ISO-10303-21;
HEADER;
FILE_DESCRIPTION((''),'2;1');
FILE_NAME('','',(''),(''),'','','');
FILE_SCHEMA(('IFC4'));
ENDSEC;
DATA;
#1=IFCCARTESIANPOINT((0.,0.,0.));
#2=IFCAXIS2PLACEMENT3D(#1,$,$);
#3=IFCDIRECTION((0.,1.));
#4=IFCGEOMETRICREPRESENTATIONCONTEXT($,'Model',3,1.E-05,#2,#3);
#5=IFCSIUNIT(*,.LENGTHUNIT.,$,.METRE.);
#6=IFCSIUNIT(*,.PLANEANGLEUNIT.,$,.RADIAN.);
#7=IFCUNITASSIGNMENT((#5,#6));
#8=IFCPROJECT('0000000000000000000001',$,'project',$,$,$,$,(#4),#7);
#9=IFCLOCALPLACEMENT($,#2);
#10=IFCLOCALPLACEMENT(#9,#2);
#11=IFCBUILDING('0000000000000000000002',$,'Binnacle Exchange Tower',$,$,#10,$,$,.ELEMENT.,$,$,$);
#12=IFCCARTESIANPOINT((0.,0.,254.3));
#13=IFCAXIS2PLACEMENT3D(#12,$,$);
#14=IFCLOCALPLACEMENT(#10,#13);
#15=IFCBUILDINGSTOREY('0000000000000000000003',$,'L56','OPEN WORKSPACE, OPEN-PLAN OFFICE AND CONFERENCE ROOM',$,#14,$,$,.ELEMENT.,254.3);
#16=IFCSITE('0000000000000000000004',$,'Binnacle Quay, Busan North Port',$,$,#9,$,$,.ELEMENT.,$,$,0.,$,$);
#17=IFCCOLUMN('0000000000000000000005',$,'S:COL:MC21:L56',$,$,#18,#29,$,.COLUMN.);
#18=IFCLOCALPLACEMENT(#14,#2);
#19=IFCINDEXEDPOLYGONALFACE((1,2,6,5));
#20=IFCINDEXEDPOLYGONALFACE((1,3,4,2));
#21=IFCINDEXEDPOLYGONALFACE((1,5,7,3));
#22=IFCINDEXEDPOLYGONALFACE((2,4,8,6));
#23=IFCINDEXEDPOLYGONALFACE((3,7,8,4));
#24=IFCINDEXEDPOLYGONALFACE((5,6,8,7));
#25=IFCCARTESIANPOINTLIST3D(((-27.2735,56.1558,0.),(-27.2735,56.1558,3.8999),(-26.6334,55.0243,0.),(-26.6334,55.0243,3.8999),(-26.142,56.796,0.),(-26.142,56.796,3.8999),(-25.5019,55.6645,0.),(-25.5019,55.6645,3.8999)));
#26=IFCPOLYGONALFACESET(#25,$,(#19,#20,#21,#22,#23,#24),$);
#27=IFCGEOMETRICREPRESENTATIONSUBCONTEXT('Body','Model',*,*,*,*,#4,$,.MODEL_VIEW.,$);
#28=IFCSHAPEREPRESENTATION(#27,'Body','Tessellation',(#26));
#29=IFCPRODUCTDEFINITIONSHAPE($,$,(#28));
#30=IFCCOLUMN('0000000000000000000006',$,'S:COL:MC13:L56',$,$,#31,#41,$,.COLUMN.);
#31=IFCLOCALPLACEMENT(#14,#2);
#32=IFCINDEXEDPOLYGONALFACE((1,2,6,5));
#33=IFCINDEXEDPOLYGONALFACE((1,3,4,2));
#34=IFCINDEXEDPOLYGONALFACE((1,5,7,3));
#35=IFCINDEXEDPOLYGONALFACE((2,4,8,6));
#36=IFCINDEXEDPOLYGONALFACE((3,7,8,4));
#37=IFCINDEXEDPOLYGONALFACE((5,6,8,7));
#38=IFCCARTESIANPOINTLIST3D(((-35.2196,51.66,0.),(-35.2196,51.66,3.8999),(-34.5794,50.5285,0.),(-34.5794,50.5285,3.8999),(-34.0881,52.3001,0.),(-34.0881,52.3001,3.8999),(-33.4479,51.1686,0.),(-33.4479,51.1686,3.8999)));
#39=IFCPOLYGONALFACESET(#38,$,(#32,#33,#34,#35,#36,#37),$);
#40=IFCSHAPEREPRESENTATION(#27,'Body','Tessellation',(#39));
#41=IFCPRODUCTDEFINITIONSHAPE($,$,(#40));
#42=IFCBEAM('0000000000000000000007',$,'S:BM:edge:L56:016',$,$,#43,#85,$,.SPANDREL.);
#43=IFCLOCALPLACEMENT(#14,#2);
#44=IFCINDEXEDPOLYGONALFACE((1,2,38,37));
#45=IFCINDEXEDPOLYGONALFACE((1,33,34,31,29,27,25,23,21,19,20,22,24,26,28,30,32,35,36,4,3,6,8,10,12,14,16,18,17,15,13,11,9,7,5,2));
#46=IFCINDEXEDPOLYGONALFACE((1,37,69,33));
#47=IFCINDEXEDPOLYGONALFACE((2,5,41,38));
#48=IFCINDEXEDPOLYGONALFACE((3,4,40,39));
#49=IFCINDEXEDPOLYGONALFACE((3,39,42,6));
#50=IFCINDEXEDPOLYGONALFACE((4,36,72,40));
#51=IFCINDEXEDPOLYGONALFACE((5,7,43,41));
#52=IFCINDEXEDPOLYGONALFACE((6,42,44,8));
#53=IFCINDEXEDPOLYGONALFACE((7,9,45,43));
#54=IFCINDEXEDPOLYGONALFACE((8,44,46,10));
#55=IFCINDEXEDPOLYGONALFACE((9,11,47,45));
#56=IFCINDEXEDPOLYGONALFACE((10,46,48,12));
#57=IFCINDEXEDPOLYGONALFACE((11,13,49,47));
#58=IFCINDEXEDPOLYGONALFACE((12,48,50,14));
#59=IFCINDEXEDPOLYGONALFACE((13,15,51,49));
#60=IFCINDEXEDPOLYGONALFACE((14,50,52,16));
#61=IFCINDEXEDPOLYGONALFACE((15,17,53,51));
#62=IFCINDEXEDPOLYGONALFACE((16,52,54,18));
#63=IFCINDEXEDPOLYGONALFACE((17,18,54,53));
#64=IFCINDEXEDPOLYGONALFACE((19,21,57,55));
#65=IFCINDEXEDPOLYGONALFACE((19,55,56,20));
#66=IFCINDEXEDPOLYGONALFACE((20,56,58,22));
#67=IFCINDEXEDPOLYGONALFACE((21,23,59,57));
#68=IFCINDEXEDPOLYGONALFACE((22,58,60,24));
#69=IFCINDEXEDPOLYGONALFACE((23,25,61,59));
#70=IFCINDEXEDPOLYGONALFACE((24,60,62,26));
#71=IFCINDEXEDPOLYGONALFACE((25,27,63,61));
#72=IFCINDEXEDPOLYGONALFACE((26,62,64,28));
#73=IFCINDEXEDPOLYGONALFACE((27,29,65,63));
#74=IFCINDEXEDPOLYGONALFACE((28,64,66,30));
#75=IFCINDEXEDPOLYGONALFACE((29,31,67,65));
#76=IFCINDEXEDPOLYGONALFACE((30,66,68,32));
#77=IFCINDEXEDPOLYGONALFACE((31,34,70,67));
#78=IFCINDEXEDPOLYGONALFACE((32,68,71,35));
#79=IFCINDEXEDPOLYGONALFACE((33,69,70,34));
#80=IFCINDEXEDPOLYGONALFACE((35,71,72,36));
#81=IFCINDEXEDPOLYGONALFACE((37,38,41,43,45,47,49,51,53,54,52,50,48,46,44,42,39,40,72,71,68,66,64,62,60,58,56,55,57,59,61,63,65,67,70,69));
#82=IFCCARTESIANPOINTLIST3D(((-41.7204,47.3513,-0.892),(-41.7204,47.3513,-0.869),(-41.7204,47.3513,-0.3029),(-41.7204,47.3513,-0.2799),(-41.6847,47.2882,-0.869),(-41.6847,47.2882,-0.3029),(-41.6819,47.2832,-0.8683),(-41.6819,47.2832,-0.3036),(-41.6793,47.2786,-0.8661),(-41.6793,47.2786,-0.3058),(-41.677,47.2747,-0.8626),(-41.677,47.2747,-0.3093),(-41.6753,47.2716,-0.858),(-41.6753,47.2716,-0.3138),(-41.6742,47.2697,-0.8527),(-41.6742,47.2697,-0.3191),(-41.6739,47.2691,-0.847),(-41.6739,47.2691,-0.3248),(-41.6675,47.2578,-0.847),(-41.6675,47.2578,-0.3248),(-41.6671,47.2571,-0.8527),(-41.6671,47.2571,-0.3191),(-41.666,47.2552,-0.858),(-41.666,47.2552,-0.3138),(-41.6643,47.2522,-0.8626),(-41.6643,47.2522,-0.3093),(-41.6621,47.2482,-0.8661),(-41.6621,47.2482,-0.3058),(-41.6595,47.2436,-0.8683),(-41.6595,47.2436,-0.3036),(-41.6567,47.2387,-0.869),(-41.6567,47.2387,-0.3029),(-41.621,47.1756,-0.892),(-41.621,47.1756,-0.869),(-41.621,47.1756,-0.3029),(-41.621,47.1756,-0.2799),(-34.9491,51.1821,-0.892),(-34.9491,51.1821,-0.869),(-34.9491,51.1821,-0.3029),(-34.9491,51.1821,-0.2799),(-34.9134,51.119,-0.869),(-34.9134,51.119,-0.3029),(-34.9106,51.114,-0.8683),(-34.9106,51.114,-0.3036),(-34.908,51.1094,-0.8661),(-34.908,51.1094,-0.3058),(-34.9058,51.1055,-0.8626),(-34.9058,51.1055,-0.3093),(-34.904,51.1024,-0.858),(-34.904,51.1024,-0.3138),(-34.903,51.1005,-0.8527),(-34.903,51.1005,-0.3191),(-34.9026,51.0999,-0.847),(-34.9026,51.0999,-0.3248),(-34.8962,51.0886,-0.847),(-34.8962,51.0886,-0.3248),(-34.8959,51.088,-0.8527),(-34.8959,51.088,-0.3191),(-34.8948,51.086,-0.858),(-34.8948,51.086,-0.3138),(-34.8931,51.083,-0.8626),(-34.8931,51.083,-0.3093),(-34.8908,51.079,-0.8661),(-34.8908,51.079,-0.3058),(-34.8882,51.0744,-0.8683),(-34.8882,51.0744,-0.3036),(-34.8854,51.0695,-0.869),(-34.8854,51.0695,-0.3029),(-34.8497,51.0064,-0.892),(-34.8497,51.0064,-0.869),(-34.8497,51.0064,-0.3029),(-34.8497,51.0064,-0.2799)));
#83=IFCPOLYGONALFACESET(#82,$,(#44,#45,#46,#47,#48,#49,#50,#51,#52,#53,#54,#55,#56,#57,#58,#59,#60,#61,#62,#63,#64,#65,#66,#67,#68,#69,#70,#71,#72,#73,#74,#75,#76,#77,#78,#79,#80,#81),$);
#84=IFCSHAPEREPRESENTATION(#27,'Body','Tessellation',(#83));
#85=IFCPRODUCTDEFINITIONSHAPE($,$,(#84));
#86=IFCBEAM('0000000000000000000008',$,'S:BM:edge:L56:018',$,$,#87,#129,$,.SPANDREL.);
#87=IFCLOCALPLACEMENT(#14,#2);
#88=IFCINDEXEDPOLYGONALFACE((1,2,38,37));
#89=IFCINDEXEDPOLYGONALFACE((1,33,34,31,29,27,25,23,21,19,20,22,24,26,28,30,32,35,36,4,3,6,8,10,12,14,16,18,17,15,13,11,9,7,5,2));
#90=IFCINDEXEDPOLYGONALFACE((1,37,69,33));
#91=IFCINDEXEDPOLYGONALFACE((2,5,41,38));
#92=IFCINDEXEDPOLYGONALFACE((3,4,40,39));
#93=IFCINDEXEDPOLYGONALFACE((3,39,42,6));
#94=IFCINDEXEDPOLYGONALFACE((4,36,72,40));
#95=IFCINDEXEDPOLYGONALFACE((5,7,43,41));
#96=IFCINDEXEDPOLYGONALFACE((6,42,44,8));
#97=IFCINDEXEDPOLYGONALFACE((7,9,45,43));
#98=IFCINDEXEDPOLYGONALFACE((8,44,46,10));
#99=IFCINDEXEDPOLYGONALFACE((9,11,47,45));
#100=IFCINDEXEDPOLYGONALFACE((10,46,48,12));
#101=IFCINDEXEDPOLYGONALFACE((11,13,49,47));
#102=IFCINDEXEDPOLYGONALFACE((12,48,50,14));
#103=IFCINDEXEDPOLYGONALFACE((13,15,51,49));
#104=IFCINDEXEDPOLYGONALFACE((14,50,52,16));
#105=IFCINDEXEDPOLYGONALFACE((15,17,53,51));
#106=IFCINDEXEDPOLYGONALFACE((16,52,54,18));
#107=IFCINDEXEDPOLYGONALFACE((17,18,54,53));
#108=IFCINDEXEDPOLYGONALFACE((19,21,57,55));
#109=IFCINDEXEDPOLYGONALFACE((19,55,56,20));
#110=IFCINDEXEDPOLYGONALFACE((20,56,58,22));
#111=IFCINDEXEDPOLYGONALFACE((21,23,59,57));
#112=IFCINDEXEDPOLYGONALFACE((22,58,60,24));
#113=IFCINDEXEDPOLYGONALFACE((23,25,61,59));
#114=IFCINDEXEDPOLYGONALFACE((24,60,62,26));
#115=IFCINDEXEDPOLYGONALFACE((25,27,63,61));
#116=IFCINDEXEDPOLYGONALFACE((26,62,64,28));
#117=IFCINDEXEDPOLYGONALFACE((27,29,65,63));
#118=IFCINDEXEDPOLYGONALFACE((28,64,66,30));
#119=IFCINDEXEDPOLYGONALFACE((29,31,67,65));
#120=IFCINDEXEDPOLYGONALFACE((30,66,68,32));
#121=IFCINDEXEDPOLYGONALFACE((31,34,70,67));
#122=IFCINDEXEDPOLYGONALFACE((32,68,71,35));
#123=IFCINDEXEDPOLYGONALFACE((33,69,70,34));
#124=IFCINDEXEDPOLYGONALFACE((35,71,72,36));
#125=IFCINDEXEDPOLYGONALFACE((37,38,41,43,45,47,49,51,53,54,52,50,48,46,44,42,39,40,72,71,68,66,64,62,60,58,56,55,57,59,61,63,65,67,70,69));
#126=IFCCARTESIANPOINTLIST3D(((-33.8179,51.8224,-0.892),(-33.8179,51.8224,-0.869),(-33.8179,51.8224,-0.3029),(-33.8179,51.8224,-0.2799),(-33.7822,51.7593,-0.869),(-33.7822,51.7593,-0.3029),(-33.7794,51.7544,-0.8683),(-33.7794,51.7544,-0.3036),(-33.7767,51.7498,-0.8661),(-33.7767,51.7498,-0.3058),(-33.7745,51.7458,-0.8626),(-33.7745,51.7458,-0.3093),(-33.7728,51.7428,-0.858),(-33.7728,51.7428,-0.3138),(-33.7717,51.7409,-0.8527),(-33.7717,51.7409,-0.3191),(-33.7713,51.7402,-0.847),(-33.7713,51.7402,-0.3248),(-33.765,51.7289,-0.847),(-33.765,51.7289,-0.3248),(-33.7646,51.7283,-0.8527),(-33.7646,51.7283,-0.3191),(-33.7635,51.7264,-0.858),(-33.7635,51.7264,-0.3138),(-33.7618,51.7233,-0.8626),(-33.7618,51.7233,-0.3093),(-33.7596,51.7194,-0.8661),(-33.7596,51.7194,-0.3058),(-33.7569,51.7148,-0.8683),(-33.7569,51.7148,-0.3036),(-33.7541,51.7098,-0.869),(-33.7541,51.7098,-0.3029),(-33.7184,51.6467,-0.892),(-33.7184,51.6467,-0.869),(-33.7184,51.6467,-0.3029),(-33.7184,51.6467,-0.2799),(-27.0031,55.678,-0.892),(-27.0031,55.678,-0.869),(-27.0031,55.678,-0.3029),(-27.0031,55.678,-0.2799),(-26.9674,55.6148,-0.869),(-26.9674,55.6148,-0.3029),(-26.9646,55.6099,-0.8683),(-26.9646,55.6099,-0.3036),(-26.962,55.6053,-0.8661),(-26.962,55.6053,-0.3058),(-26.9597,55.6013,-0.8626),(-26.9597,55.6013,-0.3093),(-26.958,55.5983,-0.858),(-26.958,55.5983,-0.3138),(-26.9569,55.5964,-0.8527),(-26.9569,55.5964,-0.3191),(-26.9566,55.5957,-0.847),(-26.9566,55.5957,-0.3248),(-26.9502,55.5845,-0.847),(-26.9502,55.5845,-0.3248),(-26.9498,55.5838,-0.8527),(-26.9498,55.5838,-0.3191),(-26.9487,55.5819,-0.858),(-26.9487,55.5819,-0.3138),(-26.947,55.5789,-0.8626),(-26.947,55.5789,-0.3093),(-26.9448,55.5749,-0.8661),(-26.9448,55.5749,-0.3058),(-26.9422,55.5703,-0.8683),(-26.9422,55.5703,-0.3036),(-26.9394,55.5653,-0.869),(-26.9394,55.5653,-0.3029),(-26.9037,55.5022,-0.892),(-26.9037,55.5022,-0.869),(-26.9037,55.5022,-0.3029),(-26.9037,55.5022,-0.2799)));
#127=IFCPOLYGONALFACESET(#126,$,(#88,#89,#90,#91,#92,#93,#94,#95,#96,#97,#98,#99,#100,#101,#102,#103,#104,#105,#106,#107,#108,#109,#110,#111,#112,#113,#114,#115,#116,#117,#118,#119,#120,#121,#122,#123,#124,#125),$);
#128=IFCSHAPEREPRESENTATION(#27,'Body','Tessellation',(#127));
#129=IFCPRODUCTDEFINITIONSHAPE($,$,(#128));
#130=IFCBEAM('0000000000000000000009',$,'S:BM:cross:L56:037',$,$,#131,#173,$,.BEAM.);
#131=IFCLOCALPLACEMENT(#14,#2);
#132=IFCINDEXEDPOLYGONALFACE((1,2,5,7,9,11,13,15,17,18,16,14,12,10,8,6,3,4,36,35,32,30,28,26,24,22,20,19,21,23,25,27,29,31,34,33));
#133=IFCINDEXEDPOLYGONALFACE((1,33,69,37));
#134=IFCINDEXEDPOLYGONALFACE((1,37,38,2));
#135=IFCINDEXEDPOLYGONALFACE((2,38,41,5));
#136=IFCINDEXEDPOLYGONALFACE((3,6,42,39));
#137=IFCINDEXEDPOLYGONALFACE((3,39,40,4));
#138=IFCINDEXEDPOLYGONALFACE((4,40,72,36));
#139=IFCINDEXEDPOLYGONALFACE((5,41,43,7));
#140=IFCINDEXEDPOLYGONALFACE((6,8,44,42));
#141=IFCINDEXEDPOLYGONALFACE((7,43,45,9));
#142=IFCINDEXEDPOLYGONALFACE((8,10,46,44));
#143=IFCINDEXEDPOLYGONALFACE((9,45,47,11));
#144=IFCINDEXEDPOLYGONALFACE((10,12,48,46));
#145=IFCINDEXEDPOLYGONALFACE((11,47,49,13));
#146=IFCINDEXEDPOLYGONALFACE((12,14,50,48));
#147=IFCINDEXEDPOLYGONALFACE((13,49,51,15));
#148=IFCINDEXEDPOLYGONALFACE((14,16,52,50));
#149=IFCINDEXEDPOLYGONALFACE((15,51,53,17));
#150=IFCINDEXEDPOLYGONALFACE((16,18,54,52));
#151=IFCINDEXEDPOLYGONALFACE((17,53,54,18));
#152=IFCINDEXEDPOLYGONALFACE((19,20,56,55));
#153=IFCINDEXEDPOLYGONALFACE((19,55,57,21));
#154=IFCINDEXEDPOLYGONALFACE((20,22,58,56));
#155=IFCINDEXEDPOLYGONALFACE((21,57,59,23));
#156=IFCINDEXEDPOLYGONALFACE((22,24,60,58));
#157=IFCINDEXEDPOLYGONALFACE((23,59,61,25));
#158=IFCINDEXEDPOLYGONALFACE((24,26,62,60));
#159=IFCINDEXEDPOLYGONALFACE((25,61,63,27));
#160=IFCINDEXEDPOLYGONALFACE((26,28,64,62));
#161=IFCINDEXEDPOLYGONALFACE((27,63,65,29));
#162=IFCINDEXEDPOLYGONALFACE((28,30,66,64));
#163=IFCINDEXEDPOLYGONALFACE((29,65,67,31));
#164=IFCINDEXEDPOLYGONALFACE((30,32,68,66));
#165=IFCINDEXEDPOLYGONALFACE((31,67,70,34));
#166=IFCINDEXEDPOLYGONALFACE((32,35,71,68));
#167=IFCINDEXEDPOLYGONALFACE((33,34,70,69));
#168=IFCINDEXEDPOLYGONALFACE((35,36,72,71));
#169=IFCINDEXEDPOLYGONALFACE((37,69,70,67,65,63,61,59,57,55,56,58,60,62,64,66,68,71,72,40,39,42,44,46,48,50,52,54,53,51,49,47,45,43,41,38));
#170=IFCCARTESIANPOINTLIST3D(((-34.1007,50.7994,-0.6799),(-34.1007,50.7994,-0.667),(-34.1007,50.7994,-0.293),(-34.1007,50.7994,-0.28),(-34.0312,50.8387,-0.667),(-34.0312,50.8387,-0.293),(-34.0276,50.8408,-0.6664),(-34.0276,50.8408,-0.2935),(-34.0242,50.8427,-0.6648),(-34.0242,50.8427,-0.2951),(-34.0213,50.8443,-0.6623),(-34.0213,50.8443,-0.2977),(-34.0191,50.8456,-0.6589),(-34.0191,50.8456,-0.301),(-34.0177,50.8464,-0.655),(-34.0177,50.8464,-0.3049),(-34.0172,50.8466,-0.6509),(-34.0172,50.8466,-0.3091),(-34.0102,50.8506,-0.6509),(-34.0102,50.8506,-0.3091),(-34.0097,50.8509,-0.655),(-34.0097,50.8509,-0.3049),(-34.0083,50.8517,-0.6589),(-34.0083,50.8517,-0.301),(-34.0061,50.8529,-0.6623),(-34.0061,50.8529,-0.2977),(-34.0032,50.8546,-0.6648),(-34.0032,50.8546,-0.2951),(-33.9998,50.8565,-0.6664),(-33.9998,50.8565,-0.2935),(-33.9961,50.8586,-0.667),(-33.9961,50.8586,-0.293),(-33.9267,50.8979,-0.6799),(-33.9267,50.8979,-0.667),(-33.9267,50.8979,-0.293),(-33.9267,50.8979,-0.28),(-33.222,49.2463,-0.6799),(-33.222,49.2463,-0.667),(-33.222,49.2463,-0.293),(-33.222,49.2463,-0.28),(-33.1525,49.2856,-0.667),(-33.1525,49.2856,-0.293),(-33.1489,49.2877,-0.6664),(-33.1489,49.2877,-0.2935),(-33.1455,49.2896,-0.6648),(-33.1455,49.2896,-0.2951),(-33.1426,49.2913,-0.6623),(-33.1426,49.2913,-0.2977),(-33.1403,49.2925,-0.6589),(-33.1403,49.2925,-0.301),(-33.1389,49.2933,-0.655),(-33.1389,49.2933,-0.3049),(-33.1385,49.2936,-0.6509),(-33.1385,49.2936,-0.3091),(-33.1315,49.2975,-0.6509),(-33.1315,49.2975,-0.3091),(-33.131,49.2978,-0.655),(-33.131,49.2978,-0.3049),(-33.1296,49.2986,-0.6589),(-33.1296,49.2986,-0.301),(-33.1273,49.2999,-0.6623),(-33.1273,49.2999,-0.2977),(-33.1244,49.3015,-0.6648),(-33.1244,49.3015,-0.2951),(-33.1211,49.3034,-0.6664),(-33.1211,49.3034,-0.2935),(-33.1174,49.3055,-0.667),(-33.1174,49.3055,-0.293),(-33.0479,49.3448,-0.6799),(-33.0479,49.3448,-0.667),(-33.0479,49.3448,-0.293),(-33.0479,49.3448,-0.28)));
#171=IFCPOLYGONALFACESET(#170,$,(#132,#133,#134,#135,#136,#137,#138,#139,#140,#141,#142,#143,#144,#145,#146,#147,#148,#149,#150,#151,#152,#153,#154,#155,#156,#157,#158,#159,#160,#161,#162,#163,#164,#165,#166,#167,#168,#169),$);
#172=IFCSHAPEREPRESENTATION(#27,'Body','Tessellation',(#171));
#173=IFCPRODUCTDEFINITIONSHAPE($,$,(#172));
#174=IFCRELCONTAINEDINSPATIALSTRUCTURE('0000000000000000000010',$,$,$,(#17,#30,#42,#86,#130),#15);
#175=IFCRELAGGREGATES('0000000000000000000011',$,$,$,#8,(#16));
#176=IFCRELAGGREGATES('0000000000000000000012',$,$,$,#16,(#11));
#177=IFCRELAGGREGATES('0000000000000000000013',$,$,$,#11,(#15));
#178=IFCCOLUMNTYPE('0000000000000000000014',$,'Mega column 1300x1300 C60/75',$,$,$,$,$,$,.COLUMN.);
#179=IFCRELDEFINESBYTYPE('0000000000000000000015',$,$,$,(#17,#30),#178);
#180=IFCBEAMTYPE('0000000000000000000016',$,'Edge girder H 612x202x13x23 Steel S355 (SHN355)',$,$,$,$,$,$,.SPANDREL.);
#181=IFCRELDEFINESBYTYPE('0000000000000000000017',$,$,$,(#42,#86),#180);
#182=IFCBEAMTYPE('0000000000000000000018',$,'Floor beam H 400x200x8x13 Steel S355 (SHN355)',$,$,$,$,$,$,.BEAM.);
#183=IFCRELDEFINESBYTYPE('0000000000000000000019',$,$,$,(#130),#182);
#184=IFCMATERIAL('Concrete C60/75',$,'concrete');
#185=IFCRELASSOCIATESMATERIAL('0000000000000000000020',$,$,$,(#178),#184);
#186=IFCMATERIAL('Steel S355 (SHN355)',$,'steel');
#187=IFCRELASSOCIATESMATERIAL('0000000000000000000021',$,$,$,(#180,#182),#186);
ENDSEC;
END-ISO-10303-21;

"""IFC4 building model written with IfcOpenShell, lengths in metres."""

from ifc_helpers import new_model, si_unit, direction, frame, origin, origin_2d, place, context, subcontext, project, spatial, rectangle, i_section, extrude, material, material_profile, profile_set, type_object, element, save


model = new_model("IFC4")

# Units and contexts
model_context = context("Model", 3, precision=1e-05, world=origin(), true_north=direction((0.0, 1.0)))
body_context = subcontext(model_context, "Body", "Model", "MODEL_VIEW")
ifc_project = project(units=[si_unit("LENGTHUNIT", "METRE"), si_unit("PLANEANGLEUNIT", "RADIAN")], contexts=[model_context])

# Site, building, storey
site_placement = place(None, origin())
site = spatial("IfcSite", under=ifc_project, at=site_placement, Name="Binnacle Quay, Busan North Port", CompositionType="ELEMENT", RefElevation=0.0)
building_placement = place(site_placement, origin())
building = spatial("IfcBuilding", under=site, at=building_placement, Name="Binnacle Exchange Tower", CompositionType="ELEMENT")
storey_placement = place(building_placement, frame((0.0, 0.0, 254.3)))
storey = spatial("IfcBuildingStorey", under=building, at=storey_placement, Name="L56", Description="OPEN WORKSPACE, OPEN-PLAN OFFICE AND CONFERENCE ROOM", CompositionType="ELEMENT", Elevation=254.3)

# Columns
ifc_material_1 = material(Name="Concrete C60/75", Category="concrete")
ifc_material_profile_1 = material_profile(ifc_material_1, rectangle(XDim=1.3, YDim=1.3, at=origin_2d()), Name="Mega column 1300x1300 C60/75")
ifc_profile_set_1 = profile_set([ifc_material_profile_1], Name="Concrete C60/75")
column_type = type_object("IfcColumnType", Name="Mega column 1300x1300 C60/75", PredefinedType="COLUMN", material=ifc_profile_set_1)
for number, where, z_axis, x_axis, name in (
    (1, (-26.3877, 55.9102, 0.0), (0.0, 0.0, 1.0), (-0.870356, -0.492424, 0.0), "S:COL:MC21:L56"),
    (2, (-34.3337, 51.4143, 0.0), (0.0, 0.0, 1.0), (-0.870356, -0.492424, 0.0), "S:COL:MC13:L56"),
):
    element("IfcColumn", number, at=place(storey_placement, frame(where, z_axis=z_axis, x_axis=x_axis)), inside=storey, type_object=column_type, Name=name, PredefinedType="COLUMN", context=body_context, shape_type="SweptSolid", body=[
        extrude(rectangle(XDim=1.3, YDim=1.3, at=origin_2d()), origin(), (0.0, 0.0, 1.0), 3.8999),
    ])

# Beams
ifc_material_2 = material(Name="Steel S355 (SHN355)", Category="steel")
ifc_material_profile_2 = material_profile(ifc_material_2, i_section(OverallWidth=0.2019, OverallDepth=0.6121, WebThickness=0.0129, FlangeThickness=0.0229, FilletRadius=0.022, at=origin_2d()), Name="H 612x202x13x23")
ifc_profile_set_2 = profile_set([ifc_material_profile_2], Name="Steel S355 (SHN355)")
beam_type_1 = type_object("IfcBeamType", Name="Edge girder H 612x202x13x23 Steel S355 (SHN355)", PredefinedType="SPANDREL", material=ifc_profile_set_2)
beam_1_placement = place(storey_placement, frame((-34.8994, 51.0942, -0.5859), z_axis=(-0.870365, -0.492407, 0.0), x_axis=(0.492407, -0.870365, 0.0)))
element("IfcBeam", 3, at=beam_1_placement, inside=storey, type_object=beam_type_1, Name="S:BM:edge:L56:016", PredefinedType="SPANDREL", context=body_context, shape_type="SweptSolid", body=[
    extrude(i_section(OverallWidth=0.2019, OverallDepth=0.6121, WebThickness=0.0129, FlangeThickness=0.0229, FilletRadius=0.022, at=origin_2d()), origin(), (0.0, 0.0, 1.0), 7.7798),
])
beam_2_placement = place(storey_placement, frame((-26.9534, 55.5901, -0.5859), z_axis=(-0.870361, -0.492414, 0.0), x_axis=(0.492414, -0.870361, 0.0)))
element("IfcBeam", 4, at=beam_2_placement, inside=storey, type_object=beam_type_1, Name="S:BM:edge:L56:018", PredefinedType="SPANDREL", context=body_context, shape_type="SweptSolid", body=[
    extrude(i_section(OverallWidth=0.2019, OverallDepth=0.6121, WebThickness=0.0129, FlangeThickness=0.0229, FilletRadius=0.022, at=origin_2d()), origin(), (0.0, 0.0, 1.0), 7.8298),
])
ifc_material_profile_3 = material_profile(ifc_material_2, i_section(OverallWidth=0.2, OverallDepth=0.3999, WebThickness=0.0081, FlangeThickness=0.0129, FilletRadius=0.0161, at=origin_2d()), Name="H 400x200x8x13")
ifc_profile_set_3 = profile_set([ifc_material_profile_3], Name="Steel S355 (SHN355)")
beam_type_2 = type_object("IfcBeamType", Name="Floor beam H 400x200x8x13 Steel S355 (SHN355)", PredefinedType="BEAM", material=ifc_profile_set_3)
beam_3_placement = place(storey_placement, frame((-34.0137, 50.8486, -0.48), z_axis=(0.492436, -0.870349, 0.0), x_axis=(0.870349, 0.492436, 0.0)))
element("IfcBeam", 5, at=beam_3_placement, inside=storey, type_object=beam_type_2, Name="S:BM:cross:L56:037", PredefinedType="BEAM", context=body_context, shape_type="SweptSolid", body=[
    extrude(i_section(OverallWidth=0.2, OverallDepth=0.3999, WebThickness=0.0081, FlangeThickness=0.0129, FilletRadius=0.0161, at=origin_2d()), origin(), (0.0, 0.0, 1.0), 1.7844),
])

save(model, "model.ifc")
